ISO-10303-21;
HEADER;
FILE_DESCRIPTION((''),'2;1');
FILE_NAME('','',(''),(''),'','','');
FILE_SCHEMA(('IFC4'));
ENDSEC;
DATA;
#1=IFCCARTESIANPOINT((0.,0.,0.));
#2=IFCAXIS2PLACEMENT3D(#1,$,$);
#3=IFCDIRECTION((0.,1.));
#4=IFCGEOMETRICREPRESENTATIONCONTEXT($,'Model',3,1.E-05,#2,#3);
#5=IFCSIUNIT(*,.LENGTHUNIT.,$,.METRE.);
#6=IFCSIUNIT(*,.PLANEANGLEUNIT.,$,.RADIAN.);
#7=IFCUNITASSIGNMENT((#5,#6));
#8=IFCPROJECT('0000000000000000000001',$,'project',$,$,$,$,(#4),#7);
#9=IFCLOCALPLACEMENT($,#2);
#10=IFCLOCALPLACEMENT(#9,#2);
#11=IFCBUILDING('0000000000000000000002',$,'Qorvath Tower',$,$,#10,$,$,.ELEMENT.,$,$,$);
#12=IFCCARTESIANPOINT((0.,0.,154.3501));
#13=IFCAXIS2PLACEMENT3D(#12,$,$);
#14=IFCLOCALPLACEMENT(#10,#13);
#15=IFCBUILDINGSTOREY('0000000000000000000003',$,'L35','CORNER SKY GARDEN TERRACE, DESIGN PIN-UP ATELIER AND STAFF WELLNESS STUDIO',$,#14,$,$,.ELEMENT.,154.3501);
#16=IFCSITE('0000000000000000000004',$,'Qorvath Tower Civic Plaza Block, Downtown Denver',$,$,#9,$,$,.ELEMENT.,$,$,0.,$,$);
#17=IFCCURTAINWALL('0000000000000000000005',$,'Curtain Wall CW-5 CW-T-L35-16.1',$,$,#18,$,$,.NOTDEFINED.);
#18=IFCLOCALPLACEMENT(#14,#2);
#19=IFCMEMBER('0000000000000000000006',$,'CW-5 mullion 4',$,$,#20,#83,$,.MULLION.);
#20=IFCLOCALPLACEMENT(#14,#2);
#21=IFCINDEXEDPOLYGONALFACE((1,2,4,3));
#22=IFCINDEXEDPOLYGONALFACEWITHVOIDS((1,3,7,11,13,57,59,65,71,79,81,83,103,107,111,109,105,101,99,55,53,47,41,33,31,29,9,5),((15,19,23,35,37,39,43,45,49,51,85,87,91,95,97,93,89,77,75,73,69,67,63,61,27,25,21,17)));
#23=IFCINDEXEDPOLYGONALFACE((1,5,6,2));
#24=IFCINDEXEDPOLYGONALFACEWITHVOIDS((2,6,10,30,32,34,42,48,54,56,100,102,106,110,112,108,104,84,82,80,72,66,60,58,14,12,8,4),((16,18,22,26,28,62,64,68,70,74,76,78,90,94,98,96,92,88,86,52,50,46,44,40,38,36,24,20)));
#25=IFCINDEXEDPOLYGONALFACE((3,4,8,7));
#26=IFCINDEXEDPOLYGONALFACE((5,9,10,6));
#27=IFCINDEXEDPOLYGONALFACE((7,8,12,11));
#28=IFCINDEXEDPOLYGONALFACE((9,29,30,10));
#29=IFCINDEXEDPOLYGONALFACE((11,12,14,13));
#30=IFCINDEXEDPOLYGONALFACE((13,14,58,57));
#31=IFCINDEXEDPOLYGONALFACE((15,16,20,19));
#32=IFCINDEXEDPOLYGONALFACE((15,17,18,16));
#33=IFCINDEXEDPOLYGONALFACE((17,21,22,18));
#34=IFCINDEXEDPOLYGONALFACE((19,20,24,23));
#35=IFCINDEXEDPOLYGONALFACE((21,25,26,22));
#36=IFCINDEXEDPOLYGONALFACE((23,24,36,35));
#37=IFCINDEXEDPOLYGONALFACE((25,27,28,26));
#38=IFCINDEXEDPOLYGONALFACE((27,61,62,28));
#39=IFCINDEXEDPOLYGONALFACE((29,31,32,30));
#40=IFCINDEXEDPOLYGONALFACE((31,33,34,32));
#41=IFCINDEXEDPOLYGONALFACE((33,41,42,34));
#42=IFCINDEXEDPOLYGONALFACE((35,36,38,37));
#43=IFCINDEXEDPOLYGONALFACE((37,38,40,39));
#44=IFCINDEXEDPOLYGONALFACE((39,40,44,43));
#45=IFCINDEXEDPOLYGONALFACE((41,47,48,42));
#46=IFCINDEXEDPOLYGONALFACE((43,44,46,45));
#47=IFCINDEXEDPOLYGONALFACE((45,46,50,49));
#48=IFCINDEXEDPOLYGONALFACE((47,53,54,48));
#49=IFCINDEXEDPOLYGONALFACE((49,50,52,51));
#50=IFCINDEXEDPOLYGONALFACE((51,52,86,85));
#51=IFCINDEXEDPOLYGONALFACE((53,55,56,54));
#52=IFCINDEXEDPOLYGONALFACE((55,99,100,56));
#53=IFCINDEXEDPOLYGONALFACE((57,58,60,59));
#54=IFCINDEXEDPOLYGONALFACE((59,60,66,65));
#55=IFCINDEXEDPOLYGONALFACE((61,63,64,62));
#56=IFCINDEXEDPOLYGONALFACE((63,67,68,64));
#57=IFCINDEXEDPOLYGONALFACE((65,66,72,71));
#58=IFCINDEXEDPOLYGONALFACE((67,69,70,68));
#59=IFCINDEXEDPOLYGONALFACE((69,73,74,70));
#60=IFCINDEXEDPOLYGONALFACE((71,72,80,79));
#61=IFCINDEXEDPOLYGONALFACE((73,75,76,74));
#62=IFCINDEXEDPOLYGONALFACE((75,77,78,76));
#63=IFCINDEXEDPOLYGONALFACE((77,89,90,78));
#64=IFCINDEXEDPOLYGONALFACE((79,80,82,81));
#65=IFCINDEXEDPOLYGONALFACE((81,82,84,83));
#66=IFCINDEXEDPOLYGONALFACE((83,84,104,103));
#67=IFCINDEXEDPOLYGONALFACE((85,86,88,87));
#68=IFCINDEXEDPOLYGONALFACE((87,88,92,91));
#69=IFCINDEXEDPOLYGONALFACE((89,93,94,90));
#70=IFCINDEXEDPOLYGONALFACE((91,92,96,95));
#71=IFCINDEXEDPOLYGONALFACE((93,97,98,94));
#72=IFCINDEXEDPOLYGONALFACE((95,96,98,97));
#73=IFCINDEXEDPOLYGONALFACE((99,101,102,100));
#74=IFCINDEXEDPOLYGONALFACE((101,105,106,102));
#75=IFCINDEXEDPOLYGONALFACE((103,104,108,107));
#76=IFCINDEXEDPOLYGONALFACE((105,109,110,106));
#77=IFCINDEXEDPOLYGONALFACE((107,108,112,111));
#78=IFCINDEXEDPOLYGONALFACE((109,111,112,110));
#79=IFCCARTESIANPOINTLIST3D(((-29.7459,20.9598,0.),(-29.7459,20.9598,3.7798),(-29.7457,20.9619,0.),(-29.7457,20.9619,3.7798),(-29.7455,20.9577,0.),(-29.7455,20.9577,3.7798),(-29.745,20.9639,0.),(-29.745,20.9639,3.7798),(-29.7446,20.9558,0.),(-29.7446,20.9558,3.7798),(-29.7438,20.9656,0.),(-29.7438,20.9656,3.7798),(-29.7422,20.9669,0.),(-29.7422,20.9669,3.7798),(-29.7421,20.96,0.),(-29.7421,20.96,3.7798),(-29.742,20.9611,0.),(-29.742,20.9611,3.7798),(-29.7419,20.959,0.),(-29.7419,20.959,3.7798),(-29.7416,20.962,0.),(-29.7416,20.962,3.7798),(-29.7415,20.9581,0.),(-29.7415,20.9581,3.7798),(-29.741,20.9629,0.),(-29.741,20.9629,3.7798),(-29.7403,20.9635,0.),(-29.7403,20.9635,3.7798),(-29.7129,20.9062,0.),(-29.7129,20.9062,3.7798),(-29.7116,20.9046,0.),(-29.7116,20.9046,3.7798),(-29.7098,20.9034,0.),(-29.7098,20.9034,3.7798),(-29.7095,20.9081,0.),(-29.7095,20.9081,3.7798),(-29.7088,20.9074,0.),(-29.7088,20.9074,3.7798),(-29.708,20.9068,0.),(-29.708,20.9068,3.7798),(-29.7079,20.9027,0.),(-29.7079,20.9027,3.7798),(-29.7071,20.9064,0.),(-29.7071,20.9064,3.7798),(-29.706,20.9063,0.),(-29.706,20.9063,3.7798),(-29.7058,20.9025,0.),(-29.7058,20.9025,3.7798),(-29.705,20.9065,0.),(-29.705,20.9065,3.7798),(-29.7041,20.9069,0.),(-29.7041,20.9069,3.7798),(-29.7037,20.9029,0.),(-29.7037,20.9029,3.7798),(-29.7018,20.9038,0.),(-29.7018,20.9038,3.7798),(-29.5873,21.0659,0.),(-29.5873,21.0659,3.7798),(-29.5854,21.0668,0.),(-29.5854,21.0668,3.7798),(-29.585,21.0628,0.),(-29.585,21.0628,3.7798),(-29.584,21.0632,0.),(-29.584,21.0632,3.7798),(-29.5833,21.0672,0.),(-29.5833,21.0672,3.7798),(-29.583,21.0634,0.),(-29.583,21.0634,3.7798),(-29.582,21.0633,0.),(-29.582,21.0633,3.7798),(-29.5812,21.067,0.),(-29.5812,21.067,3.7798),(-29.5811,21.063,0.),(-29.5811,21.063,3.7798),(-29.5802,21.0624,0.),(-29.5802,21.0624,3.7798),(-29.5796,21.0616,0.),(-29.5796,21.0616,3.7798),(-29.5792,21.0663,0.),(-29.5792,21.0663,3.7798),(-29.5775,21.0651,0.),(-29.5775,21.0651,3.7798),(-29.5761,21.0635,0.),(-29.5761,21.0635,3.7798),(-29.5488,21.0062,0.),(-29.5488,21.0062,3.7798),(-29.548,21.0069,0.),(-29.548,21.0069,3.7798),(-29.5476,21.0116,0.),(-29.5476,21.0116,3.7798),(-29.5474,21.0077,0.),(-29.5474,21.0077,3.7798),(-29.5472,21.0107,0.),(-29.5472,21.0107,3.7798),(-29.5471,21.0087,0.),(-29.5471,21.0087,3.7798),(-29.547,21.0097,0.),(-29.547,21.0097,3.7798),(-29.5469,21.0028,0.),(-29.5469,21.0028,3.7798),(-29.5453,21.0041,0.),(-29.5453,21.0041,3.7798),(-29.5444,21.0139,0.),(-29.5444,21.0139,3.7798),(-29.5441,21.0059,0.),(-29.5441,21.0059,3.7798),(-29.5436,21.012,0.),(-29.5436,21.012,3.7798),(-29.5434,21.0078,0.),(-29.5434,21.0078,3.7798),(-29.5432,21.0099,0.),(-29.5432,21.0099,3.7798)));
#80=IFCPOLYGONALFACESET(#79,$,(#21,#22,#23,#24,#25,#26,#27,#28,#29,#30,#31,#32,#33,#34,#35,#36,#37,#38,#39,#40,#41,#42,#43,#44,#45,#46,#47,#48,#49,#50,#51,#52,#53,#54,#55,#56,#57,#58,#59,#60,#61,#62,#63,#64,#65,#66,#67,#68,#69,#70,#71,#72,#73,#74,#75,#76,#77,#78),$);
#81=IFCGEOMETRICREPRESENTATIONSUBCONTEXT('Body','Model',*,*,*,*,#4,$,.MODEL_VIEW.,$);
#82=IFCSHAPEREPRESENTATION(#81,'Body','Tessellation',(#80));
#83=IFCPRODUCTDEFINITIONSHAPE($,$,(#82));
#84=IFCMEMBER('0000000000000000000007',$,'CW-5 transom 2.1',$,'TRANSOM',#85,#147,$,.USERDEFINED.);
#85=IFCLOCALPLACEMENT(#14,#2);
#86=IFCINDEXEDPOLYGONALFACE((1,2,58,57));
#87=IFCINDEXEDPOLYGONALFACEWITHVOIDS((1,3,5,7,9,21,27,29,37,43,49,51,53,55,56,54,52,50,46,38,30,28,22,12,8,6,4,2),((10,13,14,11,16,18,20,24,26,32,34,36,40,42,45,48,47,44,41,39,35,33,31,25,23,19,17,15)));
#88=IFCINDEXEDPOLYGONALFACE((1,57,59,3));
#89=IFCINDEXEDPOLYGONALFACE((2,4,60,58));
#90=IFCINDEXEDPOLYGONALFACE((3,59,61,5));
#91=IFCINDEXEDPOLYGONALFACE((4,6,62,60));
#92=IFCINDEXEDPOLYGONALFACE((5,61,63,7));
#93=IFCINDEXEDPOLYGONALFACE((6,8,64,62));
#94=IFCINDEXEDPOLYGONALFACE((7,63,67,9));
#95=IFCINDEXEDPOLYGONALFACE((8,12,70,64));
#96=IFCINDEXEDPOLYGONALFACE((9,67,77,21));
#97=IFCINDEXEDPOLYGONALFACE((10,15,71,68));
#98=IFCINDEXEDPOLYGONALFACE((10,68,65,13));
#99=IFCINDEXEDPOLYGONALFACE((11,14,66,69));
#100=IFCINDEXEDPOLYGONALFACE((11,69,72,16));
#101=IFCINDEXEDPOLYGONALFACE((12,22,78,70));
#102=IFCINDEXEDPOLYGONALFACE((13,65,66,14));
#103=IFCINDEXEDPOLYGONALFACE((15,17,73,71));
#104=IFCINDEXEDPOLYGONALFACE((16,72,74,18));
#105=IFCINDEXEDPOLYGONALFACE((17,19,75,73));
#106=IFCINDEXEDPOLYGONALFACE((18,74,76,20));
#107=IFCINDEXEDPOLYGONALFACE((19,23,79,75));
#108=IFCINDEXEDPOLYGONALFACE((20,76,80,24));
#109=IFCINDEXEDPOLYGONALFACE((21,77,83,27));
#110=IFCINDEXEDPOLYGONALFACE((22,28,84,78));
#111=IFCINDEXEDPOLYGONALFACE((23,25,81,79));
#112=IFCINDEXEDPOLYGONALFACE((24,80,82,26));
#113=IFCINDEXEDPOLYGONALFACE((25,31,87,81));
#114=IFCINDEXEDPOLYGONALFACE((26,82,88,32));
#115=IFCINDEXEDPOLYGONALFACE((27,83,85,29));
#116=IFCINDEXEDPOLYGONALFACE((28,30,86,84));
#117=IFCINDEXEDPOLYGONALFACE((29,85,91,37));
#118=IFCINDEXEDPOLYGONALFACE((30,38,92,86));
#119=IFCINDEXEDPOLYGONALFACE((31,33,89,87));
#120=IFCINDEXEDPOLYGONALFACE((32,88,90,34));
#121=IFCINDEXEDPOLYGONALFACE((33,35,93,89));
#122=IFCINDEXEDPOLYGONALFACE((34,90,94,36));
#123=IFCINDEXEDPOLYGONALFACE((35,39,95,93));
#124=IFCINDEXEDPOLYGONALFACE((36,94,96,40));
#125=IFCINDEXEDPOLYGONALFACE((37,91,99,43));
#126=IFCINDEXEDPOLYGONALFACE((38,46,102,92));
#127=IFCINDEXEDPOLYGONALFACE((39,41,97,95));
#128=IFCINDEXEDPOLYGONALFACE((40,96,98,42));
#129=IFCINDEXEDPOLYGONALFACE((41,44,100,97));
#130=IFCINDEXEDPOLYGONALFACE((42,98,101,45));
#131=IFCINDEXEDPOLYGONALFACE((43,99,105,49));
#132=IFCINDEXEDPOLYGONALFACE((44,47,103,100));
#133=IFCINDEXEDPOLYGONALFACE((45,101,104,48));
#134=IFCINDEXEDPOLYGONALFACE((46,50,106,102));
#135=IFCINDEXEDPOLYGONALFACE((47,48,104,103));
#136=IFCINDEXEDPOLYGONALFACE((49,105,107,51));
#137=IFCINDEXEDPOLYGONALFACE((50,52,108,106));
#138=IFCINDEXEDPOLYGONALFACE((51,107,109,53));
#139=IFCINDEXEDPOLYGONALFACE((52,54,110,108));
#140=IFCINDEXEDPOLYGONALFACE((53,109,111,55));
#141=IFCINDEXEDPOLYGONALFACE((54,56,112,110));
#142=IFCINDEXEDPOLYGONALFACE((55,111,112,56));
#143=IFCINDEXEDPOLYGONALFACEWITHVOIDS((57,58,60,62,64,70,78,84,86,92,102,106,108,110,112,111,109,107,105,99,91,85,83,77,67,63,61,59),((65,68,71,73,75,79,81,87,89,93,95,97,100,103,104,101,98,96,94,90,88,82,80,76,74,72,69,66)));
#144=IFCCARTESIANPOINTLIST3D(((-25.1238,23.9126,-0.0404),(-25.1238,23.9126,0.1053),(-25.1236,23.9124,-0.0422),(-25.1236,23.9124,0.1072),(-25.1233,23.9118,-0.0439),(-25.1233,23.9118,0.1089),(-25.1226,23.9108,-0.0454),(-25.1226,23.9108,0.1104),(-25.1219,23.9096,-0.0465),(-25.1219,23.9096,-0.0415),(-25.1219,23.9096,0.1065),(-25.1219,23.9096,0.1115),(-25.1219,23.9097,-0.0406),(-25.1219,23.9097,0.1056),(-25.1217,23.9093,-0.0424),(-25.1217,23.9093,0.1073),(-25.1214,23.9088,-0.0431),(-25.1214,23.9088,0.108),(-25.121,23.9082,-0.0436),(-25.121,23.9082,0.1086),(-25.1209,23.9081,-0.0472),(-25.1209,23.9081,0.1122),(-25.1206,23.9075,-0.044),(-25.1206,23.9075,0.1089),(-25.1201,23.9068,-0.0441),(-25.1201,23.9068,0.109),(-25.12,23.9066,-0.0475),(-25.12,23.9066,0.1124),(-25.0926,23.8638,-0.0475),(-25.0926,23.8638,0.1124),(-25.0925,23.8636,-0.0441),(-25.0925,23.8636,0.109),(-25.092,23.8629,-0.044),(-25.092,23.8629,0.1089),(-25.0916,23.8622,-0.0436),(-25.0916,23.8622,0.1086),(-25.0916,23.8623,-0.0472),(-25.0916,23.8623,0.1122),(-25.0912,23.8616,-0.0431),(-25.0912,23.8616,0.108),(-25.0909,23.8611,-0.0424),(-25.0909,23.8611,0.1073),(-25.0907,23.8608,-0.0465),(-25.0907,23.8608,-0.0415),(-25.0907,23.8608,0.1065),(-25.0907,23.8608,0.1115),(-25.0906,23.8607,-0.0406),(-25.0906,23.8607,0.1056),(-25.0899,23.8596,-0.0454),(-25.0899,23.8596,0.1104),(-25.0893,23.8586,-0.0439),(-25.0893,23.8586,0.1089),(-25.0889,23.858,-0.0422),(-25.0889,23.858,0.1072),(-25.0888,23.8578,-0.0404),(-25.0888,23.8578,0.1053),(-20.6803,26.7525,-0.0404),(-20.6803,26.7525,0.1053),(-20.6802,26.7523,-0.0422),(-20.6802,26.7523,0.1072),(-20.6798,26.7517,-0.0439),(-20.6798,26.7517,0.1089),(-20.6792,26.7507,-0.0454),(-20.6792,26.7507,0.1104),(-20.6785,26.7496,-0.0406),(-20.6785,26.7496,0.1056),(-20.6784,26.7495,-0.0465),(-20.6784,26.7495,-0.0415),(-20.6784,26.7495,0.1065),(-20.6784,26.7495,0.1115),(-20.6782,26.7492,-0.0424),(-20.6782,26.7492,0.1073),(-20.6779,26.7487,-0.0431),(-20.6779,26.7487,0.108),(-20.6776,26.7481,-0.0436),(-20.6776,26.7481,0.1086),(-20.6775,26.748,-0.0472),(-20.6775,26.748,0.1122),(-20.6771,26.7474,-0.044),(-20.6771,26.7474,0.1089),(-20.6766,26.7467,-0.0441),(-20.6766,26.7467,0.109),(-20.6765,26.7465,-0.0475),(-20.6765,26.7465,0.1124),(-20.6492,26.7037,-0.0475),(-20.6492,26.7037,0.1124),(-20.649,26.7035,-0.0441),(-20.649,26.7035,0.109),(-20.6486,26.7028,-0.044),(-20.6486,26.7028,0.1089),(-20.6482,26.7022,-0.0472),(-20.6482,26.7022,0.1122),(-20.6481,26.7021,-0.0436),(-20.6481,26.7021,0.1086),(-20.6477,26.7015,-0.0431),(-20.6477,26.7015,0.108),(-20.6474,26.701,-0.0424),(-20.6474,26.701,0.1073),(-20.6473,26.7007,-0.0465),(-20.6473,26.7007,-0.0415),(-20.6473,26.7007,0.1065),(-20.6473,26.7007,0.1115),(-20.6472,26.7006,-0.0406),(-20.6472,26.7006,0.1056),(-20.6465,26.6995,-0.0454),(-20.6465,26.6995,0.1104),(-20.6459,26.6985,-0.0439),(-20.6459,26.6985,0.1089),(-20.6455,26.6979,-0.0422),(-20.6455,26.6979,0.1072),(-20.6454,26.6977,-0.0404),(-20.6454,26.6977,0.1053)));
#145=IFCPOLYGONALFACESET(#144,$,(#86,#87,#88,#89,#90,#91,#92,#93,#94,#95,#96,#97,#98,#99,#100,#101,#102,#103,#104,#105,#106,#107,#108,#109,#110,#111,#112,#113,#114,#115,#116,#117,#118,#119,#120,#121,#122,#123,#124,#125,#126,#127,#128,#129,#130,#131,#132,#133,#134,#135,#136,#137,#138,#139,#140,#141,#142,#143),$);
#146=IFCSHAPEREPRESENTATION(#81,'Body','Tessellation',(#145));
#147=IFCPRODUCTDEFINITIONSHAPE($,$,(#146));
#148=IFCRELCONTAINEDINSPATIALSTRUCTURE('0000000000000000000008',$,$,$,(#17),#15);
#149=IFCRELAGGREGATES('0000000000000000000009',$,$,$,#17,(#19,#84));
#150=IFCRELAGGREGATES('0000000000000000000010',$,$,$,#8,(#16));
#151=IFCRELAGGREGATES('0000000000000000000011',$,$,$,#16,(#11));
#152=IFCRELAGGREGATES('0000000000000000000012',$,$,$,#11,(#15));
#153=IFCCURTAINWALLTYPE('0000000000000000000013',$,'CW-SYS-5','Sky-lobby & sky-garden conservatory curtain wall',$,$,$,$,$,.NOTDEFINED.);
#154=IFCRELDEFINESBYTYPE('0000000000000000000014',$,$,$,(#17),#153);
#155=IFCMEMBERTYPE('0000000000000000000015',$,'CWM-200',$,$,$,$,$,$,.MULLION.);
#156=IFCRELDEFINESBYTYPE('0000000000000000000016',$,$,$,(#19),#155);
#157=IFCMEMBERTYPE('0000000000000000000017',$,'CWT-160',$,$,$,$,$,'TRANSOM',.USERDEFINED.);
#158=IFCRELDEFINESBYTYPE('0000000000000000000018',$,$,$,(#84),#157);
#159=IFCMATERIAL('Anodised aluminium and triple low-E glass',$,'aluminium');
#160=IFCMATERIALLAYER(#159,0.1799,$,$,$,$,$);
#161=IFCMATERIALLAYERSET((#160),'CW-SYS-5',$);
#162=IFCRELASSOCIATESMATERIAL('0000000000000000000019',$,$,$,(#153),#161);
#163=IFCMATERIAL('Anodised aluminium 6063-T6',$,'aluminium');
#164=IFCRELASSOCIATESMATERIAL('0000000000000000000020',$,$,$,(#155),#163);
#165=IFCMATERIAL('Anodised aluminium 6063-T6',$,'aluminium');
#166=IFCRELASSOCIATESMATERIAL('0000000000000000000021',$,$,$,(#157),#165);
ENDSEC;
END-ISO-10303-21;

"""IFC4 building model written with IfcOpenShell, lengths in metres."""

from ifc_helpers import new_model, si_unit, direction, frame, origin, origin_2d, place, context, subcontext, project, spatial, hollow_rectangle, extrude, material, layer, layer_set, material_profile, profile_set, type_object, element, aggregate, save


model = new_model("IFC4")

# Units and contexts
model_context = context("Model", 3, precision=1e-05, world=origin(), true_north=direction((0.0, 1.0)))
body_context = subcontext(model_context, "Body", "Model", "MODEL_VIEW")
ifc_project = project(units=[si_unit("LENGTHUNIT", "METRE"), si_unit("PLANEANGLEUNIT", "RADIAN")], contexts=[model_context])

# Site, building, storey
site_placement = place(None, origin())
site = spatial("IfcSite", under=ifc_project, at=site_placement, Name="Qorvath Tower Civic Plaza Block, Downtown Denver", CompositionType="ELEMENT", RefElevation=0.0)
building_placement = place(site_placement, origin())
building = spatial("IfcBuilding", under=site, at=building_placement, Name="Qorvath Tower", CompositionType="ELEMENT")
storey_placement = place(building_placement, frame((0.0, 0.0, 154.3501)))
storey = spatial("IfcBuildingStorey", under=building, at=storey_placement, Name="L35", Description="CORNER SKY GARDEN TERRACE, DESIGN PIN-UP ATELIER AND STAFF WELLNESS STUDIO", CompositionType="ELEMENT", Elevation=154.3501)

# Curtain wall, members
ifc_material_1 = material(Name="Anodised aluminium and triple low-E glass", Category="aluminium")
ifc_layer_1 = layer(ifc_material_1, 0.1799)
ifc_layer_set_1 = layer_set([ifc_layer_1], Name="CW-SYS-5")
curtain_wall_type = type_object("IfcCurtainWallType", Name="CW-SYS-5", Description="Sky-lobby & sky-garden conservatory curtain wall", PredefinedType="NOTDEFINED", material=ifc_layer_set_1)
curtain_wall_placement = place(storey_placement, origin())
curtain_wall = element("IfcCurtainWall", 1, at=curtain_wall_placement, inside=storey, type_object=curtain_wall_type, Name="Curtain Wall CW-5 CW-T-L35-16.1", PredefinedType="NOTDEFINED")
ifc_material_2 = material(Name="Anodised aluminium 6063-T6", Category="aluminium")
ifc_material_profile_1 = material_profile(ifc_material_2, hollow_rectangle(XDim=0.075, YDim=0.2, WallThickness=0.0039, InnerFilletRadius=0.0039, OuterFilletRadius=0.0081, at=origin_2d()), Name="CWM 200x75")
ifc_profile_set_1 = profile_set([ifc_material_profile_1], Name="Anodised aluminium 6063-T6")
member_type_1 = type_object("IfcMemberType", Name="CWM-200", PredefinedType="MULLION", material=ifc_profile_set_1)
member_1_placement = place(storey_placement, frame((-29.6445, 20.9849, 0.0), z_axis=(0.0, 0.0, 1.0), x_axis=(0.538535, -0.842603, 0.0)))
member_1 = element("IfcMember", 2, at=member_1_placement, type_object=member_type_1, Name="CW-5 mullion 4", PredefinedType="MULLION", context=body_context, shape_type="SweptSolid", body=[
    extrude(hollow_rectangle(XDim=0.075, YDim=0.2, WallThickness=0.0039, InnerFilletRadius=0.0039, OuterFilletRadius=0.0081, at=origin_2d()), origin(), (0.0, 0.0, 1.0), 3.7798),
])
ifc_material_3 = material(Name="Anodised aluminium 6063-T6", Category="aluminium")
ifc_material_profile_2 = material_profile(ifc_material_3, hollow_rectangle(XDim=0.0649, YDim=0.1599, WallThickness=0.0034, InnerFilletRadius=0.0034, OuterFilletRadius=0.0071, at=origin_2d()), Name="CWT 160x65")
ifc_profile_set_2 = profile_set([ifc_material_profile_2], Name="Anodised aluminium 6063-T6")
member_type_2 = type_object("IfcMemberType", Name="CWT-160", ElementType="TRANSOM", PredefinedType="USERDEFINED", material=ifc_profile_set_2)
member_2_placement = place(storey_placement, frame((-20.6628, 26.7251, 0.0325), z_axis=(-0.842608, -0.538528, 0.0), x_axis=(0.538528, -0.842608, 0.0)))
member_2 = element("IfcMember", 3, at=member_2_placement, type_object=member_type_2, Name="CW-5 transom 2.1", ObjectType="TRANSOM", PredefinedType="USERDEFINED", context=body_context, shape_type="SweptSolid", body=[
    extrude(hollow_rectangle(XDim=0.0649, YDim=0.1599, WallThickness=0.0034, InnerFilletRadius=0.0034, OuterFilletRadius=0.0071, at=origin_2d()), origin(), (0.0, 0.0, 1.0), 5.2734),
])
aggregate(curtain_wall, [member_1, member_2])

save(model, "model.ifc")
